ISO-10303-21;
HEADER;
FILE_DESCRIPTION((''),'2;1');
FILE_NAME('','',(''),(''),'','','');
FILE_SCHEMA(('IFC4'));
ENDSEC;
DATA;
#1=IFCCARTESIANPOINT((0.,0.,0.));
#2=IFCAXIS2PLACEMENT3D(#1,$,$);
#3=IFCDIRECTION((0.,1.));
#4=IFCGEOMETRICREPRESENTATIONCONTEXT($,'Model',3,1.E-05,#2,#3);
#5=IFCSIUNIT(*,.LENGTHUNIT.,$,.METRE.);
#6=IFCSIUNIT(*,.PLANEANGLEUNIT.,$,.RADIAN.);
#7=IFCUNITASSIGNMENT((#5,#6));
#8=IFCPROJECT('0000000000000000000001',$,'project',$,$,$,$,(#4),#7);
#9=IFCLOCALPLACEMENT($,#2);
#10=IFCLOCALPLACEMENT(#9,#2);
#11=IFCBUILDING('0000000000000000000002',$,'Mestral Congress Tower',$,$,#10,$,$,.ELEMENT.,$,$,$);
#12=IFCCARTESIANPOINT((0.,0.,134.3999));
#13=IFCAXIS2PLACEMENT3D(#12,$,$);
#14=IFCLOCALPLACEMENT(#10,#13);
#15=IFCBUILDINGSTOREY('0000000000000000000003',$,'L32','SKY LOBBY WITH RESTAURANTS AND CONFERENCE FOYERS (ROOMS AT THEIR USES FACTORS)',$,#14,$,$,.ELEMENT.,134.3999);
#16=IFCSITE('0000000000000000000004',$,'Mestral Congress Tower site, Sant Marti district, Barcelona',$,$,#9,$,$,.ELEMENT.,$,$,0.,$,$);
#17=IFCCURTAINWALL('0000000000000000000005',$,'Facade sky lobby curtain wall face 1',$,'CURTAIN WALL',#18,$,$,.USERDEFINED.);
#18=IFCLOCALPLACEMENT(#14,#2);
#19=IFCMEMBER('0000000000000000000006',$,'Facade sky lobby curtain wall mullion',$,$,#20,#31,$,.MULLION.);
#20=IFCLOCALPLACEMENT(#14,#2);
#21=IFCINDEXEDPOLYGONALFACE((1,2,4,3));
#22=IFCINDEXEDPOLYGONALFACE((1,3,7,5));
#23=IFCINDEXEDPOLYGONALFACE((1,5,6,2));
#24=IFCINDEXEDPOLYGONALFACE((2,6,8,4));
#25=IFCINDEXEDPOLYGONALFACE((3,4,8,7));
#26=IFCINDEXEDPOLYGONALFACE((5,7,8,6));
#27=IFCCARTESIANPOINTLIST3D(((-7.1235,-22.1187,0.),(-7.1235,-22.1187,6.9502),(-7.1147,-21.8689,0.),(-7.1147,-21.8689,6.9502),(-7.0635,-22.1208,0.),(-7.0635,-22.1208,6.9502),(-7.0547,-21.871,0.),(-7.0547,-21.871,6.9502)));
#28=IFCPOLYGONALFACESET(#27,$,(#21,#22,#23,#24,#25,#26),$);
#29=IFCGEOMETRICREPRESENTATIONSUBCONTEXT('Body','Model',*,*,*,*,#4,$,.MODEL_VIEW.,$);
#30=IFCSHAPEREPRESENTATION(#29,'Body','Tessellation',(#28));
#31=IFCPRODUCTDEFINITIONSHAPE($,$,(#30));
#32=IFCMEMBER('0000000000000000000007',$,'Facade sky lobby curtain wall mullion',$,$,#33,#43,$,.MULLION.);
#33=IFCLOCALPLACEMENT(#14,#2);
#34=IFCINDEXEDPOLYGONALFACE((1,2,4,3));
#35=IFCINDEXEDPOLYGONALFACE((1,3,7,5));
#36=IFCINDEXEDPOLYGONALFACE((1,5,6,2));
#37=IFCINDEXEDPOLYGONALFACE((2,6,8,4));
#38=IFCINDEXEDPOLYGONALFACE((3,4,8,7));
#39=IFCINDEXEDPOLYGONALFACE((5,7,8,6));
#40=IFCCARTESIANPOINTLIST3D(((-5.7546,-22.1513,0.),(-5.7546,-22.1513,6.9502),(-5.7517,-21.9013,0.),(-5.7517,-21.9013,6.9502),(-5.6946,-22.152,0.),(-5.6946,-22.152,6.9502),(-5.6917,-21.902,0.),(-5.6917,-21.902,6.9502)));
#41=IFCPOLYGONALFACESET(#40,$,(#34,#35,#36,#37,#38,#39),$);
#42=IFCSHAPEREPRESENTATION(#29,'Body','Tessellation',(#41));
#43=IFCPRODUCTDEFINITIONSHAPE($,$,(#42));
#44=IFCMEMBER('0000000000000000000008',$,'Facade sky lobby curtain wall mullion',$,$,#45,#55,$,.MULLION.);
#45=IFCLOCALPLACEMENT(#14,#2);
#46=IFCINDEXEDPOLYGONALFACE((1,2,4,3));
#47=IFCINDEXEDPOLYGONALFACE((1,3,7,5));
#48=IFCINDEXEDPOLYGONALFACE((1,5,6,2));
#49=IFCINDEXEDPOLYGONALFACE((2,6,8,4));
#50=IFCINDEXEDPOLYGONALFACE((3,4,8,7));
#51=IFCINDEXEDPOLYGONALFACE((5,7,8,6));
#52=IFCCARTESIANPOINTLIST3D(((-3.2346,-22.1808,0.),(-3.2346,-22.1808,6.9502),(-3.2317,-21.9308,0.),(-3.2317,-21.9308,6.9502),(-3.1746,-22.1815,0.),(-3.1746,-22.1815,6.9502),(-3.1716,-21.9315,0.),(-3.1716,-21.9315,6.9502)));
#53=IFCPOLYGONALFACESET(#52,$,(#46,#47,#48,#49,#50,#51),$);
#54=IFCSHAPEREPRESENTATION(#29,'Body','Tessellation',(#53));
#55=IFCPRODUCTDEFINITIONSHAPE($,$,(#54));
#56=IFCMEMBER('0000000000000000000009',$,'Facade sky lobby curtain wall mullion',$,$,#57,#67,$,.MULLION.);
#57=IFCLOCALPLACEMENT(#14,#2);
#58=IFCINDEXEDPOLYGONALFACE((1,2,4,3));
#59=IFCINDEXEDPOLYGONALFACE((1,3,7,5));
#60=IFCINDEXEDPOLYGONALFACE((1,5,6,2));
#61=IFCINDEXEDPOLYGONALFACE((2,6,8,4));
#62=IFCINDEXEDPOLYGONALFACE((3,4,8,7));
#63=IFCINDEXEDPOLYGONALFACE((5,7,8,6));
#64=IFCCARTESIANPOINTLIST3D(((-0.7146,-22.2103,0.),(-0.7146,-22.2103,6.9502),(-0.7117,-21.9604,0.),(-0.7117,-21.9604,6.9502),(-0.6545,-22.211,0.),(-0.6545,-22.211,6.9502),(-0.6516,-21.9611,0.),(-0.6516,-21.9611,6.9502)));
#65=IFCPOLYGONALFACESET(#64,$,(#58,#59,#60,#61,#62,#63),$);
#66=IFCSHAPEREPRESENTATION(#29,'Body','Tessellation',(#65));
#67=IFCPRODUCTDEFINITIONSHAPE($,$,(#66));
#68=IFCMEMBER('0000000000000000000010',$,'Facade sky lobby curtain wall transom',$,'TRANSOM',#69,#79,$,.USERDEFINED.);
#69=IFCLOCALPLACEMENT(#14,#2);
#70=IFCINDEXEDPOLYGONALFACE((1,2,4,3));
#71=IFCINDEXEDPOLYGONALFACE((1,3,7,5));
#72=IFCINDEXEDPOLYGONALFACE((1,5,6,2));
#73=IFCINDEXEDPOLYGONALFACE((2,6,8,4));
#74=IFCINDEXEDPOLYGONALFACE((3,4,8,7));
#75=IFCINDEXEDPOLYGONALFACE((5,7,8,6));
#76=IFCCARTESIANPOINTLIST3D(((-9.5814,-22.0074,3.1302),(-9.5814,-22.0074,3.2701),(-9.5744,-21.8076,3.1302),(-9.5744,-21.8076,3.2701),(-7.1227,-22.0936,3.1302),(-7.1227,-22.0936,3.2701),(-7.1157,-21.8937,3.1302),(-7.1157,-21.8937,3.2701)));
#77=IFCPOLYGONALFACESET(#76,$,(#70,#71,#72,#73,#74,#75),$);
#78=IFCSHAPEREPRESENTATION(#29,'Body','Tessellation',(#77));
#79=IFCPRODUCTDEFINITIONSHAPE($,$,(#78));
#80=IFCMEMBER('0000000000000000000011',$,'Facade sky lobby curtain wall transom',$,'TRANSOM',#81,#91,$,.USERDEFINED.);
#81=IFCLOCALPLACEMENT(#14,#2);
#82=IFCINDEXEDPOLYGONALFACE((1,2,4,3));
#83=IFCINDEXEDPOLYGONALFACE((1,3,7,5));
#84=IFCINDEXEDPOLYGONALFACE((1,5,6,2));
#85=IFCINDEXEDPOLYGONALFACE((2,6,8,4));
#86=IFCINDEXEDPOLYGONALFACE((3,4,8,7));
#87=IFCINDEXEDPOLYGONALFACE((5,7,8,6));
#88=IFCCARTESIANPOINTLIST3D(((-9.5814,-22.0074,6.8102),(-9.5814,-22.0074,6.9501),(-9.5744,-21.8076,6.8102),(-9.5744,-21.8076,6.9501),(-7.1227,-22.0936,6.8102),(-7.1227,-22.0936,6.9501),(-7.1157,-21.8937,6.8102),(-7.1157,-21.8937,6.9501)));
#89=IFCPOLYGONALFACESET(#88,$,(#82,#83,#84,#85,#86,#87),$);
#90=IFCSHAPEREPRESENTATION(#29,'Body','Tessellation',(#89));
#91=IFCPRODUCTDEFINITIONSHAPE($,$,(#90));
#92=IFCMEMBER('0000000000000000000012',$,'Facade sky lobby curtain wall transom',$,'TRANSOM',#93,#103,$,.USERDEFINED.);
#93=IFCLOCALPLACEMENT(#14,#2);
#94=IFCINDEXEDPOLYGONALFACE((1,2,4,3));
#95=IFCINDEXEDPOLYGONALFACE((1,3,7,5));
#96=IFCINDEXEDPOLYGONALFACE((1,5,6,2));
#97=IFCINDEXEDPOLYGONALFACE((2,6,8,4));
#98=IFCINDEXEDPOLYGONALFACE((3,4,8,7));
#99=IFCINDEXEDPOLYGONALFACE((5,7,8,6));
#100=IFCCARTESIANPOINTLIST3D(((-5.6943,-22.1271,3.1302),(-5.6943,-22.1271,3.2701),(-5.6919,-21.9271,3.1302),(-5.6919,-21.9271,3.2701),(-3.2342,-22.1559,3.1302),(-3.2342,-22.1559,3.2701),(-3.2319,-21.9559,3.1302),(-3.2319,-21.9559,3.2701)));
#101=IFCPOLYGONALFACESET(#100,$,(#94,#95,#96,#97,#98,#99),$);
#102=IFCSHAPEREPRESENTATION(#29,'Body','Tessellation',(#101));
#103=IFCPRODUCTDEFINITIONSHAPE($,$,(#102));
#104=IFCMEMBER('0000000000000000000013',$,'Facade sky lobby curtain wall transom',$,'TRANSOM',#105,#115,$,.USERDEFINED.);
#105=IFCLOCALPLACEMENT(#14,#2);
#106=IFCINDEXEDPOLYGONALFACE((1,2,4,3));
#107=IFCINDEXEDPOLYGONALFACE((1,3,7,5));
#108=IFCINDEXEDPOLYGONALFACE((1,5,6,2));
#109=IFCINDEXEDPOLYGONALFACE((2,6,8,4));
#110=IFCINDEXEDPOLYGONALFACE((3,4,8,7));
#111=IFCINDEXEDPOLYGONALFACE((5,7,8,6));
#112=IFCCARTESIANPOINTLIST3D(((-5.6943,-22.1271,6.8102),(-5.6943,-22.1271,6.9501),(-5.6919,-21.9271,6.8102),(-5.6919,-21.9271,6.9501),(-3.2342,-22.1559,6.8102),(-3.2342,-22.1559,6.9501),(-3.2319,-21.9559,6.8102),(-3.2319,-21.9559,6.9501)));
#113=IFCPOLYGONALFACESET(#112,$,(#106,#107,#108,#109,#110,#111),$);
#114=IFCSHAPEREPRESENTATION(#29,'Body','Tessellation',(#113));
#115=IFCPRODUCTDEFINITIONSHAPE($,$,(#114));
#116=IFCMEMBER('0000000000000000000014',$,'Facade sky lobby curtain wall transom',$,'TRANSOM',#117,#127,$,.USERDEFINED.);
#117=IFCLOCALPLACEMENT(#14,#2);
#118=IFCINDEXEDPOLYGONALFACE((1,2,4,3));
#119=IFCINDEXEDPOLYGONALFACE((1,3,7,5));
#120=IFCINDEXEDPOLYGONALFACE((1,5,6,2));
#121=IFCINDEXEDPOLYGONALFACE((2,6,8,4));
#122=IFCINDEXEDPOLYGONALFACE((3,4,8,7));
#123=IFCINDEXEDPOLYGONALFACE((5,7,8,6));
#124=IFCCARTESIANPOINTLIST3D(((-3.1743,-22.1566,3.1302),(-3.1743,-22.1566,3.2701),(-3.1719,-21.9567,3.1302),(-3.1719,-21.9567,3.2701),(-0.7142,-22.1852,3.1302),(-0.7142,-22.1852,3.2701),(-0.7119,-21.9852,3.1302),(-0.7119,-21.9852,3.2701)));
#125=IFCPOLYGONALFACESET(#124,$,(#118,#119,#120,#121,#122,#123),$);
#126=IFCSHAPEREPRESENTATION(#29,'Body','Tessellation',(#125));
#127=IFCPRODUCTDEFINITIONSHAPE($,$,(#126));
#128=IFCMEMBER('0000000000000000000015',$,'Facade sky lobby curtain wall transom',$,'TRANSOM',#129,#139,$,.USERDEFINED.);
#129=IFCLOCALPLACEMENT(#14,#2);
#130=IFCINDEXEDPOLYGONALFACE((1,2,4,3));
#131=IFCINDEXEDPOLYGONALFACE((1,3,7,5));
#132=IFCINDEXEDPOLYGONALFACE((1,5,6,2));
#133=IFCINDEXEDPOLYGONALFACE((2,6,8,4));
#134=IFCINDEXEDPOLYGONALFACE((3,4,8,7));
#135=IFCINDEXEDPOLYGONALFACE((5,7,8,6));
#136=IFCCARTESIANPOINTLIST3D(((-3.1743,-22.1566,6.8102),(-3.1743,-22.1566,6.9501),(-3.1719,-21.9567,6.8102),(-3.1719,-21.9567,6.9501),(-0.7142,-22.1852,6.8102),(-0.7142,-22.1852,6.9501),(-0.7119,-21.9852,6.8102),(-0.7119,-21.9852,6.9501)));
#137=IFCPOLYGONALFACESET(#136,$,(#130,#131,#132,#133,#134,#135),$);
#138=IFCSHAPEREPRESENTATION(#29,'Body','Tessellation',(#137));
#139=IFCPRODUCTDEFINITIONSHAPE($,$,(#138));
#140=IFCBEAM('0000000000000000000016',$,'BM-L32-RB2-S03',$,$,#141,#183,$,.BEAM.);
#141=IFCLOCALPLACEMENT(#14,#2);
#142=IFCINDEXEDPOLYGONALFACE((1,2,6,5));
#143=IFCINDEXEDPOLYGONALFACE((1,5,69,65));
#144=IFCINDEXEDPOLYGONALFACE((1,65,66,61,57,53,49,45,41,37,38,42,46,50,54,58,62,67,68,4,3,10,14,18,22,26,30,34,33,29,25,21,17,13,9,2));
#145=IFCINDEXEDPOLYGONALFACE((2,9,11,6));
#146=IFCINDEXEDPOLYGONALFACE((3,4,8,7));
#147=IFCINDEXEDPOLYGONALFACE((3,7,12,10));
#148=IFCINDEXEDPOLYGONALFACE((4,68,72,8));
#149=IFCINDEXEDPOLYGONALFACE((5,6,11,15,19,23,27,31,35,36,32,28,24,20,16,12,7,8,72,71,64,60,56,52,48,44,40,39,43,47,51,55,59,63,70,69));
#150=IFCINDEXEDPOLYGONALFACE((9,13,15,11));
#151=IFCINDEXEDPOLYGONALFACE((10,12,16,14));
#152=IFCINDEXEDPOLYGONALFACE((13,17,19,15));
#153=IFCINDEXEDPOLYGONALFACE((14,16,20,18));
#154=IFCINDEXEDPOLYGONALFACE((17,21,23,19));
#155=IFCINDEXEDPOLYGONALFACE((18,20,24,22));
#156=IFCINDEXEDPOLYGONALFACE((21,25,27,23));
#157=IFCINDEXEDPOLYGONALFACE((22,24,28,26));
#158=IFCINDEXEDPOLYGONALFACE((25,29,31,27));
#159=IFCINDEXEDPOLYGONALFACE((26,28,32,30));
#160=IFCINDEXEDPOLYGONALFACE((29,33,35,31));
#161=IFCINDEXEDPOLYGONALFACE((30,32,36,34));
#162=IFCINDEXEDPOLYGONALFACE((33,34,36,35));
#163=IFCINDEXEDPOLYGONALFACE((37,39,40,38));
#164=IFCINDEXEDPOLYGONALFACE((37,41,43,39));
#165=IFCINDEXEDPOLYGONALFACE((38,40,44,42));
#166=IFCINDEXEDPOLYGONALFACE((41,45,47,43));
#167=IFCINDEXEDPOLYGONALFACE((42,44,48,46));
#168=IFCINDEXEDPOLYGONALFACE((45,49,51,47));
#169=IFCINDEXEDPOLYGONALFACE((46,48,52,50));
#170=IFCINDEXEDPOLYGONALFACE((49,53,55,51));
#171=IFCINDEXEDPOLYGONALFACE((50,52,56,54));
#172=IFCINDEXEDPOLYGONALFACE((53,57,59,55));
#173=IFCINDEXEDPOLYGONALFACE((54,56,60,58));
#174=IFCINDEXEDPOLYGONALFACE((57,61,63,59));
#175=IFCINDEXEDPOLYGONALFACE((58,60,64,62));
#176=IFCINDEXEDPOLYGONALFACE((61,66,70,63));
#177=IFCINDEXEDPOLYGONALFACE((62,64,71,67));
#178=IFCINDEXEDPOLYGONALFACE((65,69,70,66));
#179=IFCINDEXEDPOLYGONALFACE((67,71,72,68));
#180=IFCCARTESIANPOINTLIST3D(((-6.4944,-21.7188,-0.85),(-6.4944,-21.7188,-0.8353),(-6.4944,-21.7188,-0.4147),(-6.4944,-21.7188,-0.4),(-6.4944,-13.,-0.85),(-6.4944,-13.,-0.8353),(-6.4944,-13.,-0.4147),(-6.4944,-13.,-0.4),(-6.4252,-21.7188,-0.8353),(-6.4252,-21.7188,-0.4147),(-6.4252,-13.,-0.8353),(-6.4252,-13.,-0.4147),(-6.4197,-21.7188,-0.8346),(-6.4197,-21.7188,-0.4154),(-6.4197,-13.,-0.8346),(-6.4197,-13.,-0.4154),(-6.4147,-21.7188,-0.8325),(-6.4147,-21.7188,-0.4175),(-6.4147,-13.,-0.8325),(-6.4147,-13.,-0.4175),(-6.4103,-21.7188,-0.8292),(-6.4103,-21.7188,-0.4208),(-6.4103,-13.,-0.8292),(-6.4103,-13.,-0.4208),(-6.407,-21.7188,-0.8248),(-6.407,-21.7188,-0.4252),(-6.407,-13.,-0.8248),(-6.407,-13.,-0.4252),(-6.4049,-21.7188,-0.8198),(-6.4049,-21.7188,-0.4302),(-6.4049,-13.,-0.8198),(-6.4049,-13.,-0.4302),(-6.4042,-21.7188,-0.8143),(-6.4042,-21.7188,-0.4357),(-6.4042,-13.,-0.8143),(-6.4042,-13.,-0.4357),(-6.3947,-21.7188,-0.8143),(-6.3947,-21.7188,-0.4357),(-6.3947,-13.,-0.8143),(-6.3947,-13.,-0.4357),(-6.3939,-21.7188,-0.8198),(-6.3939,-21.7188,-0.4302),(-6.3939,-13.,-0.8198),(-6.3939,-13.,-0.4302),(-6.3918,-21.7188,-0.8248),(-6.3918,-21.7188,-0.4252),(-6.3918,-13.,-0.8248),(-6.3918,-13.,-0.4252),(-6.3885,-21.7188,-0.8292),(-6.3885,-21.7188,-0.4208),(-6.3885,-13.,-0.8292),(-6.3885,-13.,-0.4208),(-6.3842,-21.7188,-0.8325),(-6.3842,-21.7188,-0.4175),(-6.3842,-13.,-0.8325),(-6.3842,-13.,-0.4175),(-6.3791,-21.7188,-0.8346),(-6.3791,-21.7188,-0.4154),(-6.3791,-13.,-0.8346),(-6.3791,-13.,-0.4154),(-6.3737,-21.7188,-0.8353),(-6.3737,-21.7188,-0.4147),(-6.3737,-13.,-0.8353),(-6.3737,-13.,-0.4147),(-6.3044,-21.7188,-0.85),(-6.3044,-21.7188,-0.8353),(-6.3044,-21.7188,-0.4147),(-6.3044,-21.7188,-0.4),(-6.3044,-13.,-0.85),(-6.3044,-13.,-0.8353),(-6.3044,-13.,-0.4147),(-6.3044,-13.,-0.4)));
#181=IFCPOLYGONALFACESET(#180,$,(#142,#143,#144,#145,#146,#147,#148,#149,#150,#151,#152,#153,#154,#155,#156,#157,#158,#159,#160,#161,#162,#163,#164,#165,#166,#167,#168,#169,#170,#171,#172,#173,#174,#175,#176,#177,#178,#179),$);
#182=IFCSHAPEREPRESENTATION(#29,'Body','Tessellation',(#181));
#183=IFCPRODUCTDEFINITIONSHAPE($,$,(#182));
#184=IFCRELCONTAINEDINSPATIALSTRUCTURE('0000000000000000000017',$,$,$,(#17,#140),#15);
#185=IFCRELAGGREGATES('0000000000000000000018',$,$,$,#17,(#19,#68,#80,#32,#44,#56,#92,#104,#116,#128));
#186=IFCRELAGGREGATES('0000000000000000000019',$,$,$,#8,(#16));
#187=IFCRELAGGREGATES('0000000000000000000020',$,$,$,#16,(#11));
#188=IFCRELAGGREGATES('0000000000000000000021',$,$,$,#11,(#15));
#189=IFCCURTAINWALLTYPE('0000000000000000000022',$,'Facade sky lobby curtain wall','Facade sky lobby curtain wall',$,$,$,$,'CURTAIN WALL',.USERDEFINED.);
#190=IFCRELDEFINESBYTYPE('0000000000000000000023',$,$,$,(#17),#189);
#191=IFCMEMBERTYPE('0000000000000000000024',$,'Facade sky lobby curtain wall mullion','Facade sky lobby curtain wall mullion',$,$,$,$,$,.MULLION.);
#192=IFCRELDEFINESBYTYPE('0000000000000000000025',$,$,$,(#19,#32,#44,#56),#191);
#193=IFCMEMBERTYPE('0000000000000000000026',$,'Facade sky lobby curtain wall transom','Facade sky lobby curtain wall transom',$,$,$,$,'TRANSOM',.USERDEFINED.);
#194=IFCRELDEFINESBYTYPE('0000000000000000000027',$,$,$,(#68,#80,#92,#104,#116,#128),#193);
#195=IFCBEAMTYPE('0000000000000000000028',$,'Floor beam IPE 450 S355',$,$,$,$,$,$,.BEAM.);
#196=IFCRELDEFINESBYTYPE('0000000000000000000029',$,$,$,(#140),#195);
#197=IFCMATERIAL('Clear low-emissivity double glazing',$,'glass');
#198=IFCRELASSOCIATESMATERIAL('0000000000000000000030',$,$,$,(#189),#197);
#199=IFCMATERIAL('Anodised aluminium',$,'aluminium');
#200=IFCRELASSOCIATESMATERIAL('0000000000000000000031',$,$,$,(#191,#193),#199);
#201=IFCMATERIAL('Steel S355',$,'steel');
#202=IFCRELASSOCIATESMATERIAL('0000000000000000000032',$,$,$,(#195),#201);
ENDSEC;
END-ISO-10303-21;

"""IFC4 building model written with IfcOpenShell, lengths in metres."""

from ifc_helpers import new_model, si_unit, direction, frame, origin, origin_2d, place, context, subcontext, project, spatial, rectangle, i_section, extrude, material, material_profile, profile_set, type_object, element, aggregate, save


model = new_model("IFC4")

# Units and contexts
model_context = context("Model", 3, precision=1e-05, world=origin(), true_north=direction((0.0, 1.0)))
body_context = subcontext(model_context, "Body", "Model", "MODEL_VIEW")
ifc_project = project(units=[si_unit("LENGTHUNIT", "METRE"), si_unit("PLANEANGLEUNIT", "RADIAN")], contexts=[model_context])

# Site, building, storey
site_placement = place(None, origin())
site = spatial("IfcSite", under=ifc_project, at=site_placement, Name="Mestral Congress Tower site, Sant Marti district, Barcelona", CompositionType="ELEMENT", RefElevation=0.0)
building_placement = place(site_placement, origin())
building = spatial("IfcBuilding", under=site, at=building_placement, Name="Mestral Congress Tower", CompositionType="ELEMENT")
storey_placement = place(building_placement, frame((0.0, 0.0, 134.3999)))
storey = spatial("IfcBuildingStorey", under=building, at=storey_placement, Name="L32", Description="SKY LOBBY WITH RESTAURANTS AND CONFERENCE FOYERS (ROOMS AT THEIR USES FACTORS)", CompositionType="ELEMENT", Elevation=134.3999)

# Shared definitions
ifc_material_1 = material(Name="Steel S355", Category="steel")

# Curtain wall, members
ifc_material_2 = material(Name="Clear low-emissivity double glazing", Category="glass")
curtain_wall_type = type_object("IfcCurtainWallType", Name="Facade sky lobby curtain wall", Description="Facade sky lobby curtain wall", ElementType="CURTAIN WALL", PredefinedType="USERDEFINED", material=ifc_material_2)
curtain_wall_placement = place(storey_placement, origin())
curtain_wall = element("IfcCurtainWall", 1, at=curtain_wall_placement, inside=storey, type_object=curtain_wall_type, Name="Facade sky lobby curtain wall face 1", ObjectType="CURTAIN WALL", PredefinedType="USERDEFINED")
ifc_material_3 = material(Name="Anodised aluminium", Category="aluminium")
ifc_material_profile_1 = material_profile(ifc_material_3, rectangle(XDim=0.25, YDim=0.0601, at=origin_2d()), Name="CW1 mullion 250 x 60")
ifc_profile_set_1 = profile_set([ifc_material_profile_1], Name="Anodised aluminium")
member_type_1 = type_object("IfcMemberType", Name="Facade sky lobby curtain wall mullion", Description="Facade sky lobby curtain wall mullion", PredefinedType="MULLION", material=ifc_profile_set_1)
member_1_placement = place(storey_placement, frame((-7.0891, -21.9949, 0.0), z_axis=(0.0, 0.0, 1.0), x_axis=(-0.035067, -0.999385, 0.0)))
member_1 = element("IfcMember", 2, at=member_1_placement, type_object=member_type_1, Name="Facade sky lobby curtain wall mullion", PredefinedType="MULLION", context=body_context, shape_type="SweptSolid", body=[
    extrude(rectangle(XDim=0.25, YDim=0.0601, at=origin_2d()), origin(), (0.0, 0.0, 1.0), 6.9502),
])
member_2_placement = place(storey_placement, frame((-5.7231, -22.0266, 0.0), z_axis=(0.0, 0.0, 1.0), x_axis=(-0.0117, -0.999932, 0.0)))
member_2 = element("IfcMember", 3, at=member_2_placement, type_object=member_type_1, Name="Facade sky lobby curtain wall mullion", PredefinedType="MULLION", context=body_context, shape_type="SweptSolid", body=[
    extrude(rectangle(XDim=0.25, YDim=0.0601, at=origin_2d()), origin(), (0.0, 0.0, 1.0), 6.9502),
])
member_3_placement = place(storey_placement, frame((-3.2031, -22.0562, 0.0), z_axis=(0.0, 0.0, 1.0), x_axis=(-0.0117, -0.999932, 0.0)))
member_3 = element("IfcMember", 4, at=member_3_placement, type_object=member_type_1, Name="Facade sky lobby curtain wall mullion", PredefinedType="MULLION", context=body_context, shape_type="SweptSolid", body=[
    extrude(rectangle(XDim=0.25, YDim=0.0601, at=origin_2d()), origin(), (0.0, 0.0, 1.0), 6.9502),
])
member_4_placement = place(storey_placement, frame((-0.6831, -22.0857, 0.0), z_axis=(0.0, 0.0, 1.0), x_axis=(-0.0117, -0.999932, 0.0)))
member_4 = element("IfcMember", 5, at=member_4_placement, type_object=member_type_1, Name="Facade sky lobby curtain wall mullion", PredefinedType="MULLION", context=body_context, shape_type="SweptSolid", body=[
    extrude(rectangle(XDim=0.25, YDim=0.0601, at=origin_2d()), origin(), (0.0, 0.0, 1.0), 6.9502),
])
ifc_material_profile_2 = material_profile(ifc_material_3, rectangle(XDim=0.2, YDim=0.1399, at=origin_2d()), Name="CW1 transom 200 x 140")
ifc_profile_set_2 = profile_set([ifc_material_profile_2], Name="Anodised aluminium")
member_type_2 = type_object("IfcMemberType", Name="Facade sky lobby curtain wall transom", Description="Facade sky lobby curtain wall transom", ElementType="TRANSOM", PredefinedType="USERDEFINED", material=ifc_profile_set_2)
member_5_placement = place(storey_placement, frame((-9.5779, -21.9075, 3.2002), z_axis=(0.999386, -0.03503, 0.0), x_axis=(0.03503, 0.999386, 0.0)))
member_5 = element("IfcMember", 6, at=member_5_placement, type_object=member_type_2, Name="Facade sky lobby curtain wall transom", ObjectType="TRANSOM", PredefinedType="USERDEFINED", context=body_context, shape_type="SweptSolid", body=[
    extrude(rectangle(XDim=0.2, YDim=0.1399, at=origin_2d()), origin(), (0.0, 0.0, 1.0), 2.4602),
])
member_6_placement = place(storey_placement, frame((-9.5779, -21.9075, 6.8801), z_axis=(0.999386, -0.03503, 0.0), x_axis=(0.03503, 0.999386, 0.0)))
member_6 = element("IfcMember", 7, at=member_6_placement, type_object=member_type_2, Name="Facade sky lobby curtain wall transom", ObjectType="TRANSOM", PredefinedType="USERDEFINED", context=body_context, shape_type="SweptSolid", body=[
    extrude(rectangle(XDim=0.2, YDim=0.1399, at=origin_2d()), origin(), (0.0, 0.0, 1.0), 2.4602),
])
member_7_placement = place(storey_placement, frame((-5.6931, -22.0271, 3.2002), z_axis=(0.999931, -0.01171, 0.0), x_axis=(0.01171, 0.999931, 0.0)))
member_7 = element("IfcMember", 8, at=member_7_placement, type_object=member_type_2, Name="Facade sky lobby curtain wall transom", ObjectType="TRANSOM", PredefinedType="USERDEFINED", context=body_context, shape_type="SweptSolid", body=[
    extrude(rectangle(XDim=0.2, YDim=0.1399, at=origin_2d()), origin(), (0.0, 0.0, 1.0), 2.4602),
])
member_8_placement = place(storey_placement, frame((-5.6931, -22.0271, 6.8801), z_axis=(0.999931, -0.01171, 0.0), x_axis=(0.01171, 0.999931, 0.0)))
member_8 = element("IfcMember", 9, at=member_8_placement, type_object=member_type_2, Name="Facade sky lobby curtain wall transom", ObjectType="TRANSOM", PredefinedType="USERDEFINED", context=body_context, shape_type="SweptSolid", body=[
    extrude(rectangle(XDim=0.2, YDim=0.1399, at=origin_2d()), origin(), (0.0, 0.0, 1.0), 2.4602),
])
member_9_placement = place(storey_placement, frame((-3.1731, -22.0566, 3.2002), z_axis=(0.999933, -0.011611, 0.0), x_axis=(0.011611, 0.999933, 0.0)))
member_9 = element("IfcMember", 10, at=member_9_placement, type_object=member_type_2, Name="Facade sky lobby curtain wall transom", ObjectType="TRANSOM", PredefinedType="USERDEFINED", context=body_context, shape_type="SweptSolid", body=[
    extrude(rectangle(XDim=0.2, YDim=0.1399, at=origin_2d()), origin(), (0.0, 0.0, 1.0), 2.4602),
])
member_10_placement = place(storey_placement, frame((-3.1731, -22.0566, 6.8801), z_axis=(0.999933, -0.011611, 0.0), x_axis=(0.011611, 0.999933, 0.0)))
member_10 = element("IfcMember", 11, at=member_10_placement, type_object=member_type_2, Name="Facade sky lobby curtain wall transom", ObjectType="TRANSOM", PredefinedType="USERDEFINED", context=body_context, shape_type="SweptSolid", body=[
    extrude(rectangle(XDim=0.2, YDim=0.1399, at=origin_2d()), origin(), (0.0, 0.0, 1.0), 2.4602),
])

# Beam
ifc_material_profile_3 = material_profile(ifc_material_1, i_section(OverallWidth=0.1899, OverallDepth=0.45, WebThickness=0.0095, FlangeThickness=0.0146, FilletRadius=0.021, at=origin_2d()), Name="IPE 450")
ifc_profile_set_3 = profile_set([ifc_material_profile_3], Name="Steel S355")
beam_type_1 = type_object("IfcBeamType", Name="Floor beam IPE 450 S355", PredefinedType="BEAM", material=ifc_profile_set_3)
beam_1_placement = place(storey_placement, frame((-6.3994, -21.7188, -0.625), z_axis=(0.0, 1.0, 0.0), x_axis=(-1.0, 0.0, 0.0)))
element("IfcBeam", 12, at=beam_1_placement, inside=storey, type_object=beam_type_1, Name="BM-L32-RB2-S03", PredefinedType="BEAM", context=body_context, shape_type="SweptSolid", body=[
    extrude(i_section(OverallWidth=0.1899, OverallDepth=0.45, WebThickness=0.0095, FlangeThickness=0.0146, FilletRadius=0.021, at=origin_2d()), origin(), (0.0, 0.0, 1.0), 8.7188),
])

aggregate(curtain_wall, [member_1, member_5, member_6, member_2, member_3, member_4, member_7, member_8, member_9, member_10])

save(model, "model.ifc")
